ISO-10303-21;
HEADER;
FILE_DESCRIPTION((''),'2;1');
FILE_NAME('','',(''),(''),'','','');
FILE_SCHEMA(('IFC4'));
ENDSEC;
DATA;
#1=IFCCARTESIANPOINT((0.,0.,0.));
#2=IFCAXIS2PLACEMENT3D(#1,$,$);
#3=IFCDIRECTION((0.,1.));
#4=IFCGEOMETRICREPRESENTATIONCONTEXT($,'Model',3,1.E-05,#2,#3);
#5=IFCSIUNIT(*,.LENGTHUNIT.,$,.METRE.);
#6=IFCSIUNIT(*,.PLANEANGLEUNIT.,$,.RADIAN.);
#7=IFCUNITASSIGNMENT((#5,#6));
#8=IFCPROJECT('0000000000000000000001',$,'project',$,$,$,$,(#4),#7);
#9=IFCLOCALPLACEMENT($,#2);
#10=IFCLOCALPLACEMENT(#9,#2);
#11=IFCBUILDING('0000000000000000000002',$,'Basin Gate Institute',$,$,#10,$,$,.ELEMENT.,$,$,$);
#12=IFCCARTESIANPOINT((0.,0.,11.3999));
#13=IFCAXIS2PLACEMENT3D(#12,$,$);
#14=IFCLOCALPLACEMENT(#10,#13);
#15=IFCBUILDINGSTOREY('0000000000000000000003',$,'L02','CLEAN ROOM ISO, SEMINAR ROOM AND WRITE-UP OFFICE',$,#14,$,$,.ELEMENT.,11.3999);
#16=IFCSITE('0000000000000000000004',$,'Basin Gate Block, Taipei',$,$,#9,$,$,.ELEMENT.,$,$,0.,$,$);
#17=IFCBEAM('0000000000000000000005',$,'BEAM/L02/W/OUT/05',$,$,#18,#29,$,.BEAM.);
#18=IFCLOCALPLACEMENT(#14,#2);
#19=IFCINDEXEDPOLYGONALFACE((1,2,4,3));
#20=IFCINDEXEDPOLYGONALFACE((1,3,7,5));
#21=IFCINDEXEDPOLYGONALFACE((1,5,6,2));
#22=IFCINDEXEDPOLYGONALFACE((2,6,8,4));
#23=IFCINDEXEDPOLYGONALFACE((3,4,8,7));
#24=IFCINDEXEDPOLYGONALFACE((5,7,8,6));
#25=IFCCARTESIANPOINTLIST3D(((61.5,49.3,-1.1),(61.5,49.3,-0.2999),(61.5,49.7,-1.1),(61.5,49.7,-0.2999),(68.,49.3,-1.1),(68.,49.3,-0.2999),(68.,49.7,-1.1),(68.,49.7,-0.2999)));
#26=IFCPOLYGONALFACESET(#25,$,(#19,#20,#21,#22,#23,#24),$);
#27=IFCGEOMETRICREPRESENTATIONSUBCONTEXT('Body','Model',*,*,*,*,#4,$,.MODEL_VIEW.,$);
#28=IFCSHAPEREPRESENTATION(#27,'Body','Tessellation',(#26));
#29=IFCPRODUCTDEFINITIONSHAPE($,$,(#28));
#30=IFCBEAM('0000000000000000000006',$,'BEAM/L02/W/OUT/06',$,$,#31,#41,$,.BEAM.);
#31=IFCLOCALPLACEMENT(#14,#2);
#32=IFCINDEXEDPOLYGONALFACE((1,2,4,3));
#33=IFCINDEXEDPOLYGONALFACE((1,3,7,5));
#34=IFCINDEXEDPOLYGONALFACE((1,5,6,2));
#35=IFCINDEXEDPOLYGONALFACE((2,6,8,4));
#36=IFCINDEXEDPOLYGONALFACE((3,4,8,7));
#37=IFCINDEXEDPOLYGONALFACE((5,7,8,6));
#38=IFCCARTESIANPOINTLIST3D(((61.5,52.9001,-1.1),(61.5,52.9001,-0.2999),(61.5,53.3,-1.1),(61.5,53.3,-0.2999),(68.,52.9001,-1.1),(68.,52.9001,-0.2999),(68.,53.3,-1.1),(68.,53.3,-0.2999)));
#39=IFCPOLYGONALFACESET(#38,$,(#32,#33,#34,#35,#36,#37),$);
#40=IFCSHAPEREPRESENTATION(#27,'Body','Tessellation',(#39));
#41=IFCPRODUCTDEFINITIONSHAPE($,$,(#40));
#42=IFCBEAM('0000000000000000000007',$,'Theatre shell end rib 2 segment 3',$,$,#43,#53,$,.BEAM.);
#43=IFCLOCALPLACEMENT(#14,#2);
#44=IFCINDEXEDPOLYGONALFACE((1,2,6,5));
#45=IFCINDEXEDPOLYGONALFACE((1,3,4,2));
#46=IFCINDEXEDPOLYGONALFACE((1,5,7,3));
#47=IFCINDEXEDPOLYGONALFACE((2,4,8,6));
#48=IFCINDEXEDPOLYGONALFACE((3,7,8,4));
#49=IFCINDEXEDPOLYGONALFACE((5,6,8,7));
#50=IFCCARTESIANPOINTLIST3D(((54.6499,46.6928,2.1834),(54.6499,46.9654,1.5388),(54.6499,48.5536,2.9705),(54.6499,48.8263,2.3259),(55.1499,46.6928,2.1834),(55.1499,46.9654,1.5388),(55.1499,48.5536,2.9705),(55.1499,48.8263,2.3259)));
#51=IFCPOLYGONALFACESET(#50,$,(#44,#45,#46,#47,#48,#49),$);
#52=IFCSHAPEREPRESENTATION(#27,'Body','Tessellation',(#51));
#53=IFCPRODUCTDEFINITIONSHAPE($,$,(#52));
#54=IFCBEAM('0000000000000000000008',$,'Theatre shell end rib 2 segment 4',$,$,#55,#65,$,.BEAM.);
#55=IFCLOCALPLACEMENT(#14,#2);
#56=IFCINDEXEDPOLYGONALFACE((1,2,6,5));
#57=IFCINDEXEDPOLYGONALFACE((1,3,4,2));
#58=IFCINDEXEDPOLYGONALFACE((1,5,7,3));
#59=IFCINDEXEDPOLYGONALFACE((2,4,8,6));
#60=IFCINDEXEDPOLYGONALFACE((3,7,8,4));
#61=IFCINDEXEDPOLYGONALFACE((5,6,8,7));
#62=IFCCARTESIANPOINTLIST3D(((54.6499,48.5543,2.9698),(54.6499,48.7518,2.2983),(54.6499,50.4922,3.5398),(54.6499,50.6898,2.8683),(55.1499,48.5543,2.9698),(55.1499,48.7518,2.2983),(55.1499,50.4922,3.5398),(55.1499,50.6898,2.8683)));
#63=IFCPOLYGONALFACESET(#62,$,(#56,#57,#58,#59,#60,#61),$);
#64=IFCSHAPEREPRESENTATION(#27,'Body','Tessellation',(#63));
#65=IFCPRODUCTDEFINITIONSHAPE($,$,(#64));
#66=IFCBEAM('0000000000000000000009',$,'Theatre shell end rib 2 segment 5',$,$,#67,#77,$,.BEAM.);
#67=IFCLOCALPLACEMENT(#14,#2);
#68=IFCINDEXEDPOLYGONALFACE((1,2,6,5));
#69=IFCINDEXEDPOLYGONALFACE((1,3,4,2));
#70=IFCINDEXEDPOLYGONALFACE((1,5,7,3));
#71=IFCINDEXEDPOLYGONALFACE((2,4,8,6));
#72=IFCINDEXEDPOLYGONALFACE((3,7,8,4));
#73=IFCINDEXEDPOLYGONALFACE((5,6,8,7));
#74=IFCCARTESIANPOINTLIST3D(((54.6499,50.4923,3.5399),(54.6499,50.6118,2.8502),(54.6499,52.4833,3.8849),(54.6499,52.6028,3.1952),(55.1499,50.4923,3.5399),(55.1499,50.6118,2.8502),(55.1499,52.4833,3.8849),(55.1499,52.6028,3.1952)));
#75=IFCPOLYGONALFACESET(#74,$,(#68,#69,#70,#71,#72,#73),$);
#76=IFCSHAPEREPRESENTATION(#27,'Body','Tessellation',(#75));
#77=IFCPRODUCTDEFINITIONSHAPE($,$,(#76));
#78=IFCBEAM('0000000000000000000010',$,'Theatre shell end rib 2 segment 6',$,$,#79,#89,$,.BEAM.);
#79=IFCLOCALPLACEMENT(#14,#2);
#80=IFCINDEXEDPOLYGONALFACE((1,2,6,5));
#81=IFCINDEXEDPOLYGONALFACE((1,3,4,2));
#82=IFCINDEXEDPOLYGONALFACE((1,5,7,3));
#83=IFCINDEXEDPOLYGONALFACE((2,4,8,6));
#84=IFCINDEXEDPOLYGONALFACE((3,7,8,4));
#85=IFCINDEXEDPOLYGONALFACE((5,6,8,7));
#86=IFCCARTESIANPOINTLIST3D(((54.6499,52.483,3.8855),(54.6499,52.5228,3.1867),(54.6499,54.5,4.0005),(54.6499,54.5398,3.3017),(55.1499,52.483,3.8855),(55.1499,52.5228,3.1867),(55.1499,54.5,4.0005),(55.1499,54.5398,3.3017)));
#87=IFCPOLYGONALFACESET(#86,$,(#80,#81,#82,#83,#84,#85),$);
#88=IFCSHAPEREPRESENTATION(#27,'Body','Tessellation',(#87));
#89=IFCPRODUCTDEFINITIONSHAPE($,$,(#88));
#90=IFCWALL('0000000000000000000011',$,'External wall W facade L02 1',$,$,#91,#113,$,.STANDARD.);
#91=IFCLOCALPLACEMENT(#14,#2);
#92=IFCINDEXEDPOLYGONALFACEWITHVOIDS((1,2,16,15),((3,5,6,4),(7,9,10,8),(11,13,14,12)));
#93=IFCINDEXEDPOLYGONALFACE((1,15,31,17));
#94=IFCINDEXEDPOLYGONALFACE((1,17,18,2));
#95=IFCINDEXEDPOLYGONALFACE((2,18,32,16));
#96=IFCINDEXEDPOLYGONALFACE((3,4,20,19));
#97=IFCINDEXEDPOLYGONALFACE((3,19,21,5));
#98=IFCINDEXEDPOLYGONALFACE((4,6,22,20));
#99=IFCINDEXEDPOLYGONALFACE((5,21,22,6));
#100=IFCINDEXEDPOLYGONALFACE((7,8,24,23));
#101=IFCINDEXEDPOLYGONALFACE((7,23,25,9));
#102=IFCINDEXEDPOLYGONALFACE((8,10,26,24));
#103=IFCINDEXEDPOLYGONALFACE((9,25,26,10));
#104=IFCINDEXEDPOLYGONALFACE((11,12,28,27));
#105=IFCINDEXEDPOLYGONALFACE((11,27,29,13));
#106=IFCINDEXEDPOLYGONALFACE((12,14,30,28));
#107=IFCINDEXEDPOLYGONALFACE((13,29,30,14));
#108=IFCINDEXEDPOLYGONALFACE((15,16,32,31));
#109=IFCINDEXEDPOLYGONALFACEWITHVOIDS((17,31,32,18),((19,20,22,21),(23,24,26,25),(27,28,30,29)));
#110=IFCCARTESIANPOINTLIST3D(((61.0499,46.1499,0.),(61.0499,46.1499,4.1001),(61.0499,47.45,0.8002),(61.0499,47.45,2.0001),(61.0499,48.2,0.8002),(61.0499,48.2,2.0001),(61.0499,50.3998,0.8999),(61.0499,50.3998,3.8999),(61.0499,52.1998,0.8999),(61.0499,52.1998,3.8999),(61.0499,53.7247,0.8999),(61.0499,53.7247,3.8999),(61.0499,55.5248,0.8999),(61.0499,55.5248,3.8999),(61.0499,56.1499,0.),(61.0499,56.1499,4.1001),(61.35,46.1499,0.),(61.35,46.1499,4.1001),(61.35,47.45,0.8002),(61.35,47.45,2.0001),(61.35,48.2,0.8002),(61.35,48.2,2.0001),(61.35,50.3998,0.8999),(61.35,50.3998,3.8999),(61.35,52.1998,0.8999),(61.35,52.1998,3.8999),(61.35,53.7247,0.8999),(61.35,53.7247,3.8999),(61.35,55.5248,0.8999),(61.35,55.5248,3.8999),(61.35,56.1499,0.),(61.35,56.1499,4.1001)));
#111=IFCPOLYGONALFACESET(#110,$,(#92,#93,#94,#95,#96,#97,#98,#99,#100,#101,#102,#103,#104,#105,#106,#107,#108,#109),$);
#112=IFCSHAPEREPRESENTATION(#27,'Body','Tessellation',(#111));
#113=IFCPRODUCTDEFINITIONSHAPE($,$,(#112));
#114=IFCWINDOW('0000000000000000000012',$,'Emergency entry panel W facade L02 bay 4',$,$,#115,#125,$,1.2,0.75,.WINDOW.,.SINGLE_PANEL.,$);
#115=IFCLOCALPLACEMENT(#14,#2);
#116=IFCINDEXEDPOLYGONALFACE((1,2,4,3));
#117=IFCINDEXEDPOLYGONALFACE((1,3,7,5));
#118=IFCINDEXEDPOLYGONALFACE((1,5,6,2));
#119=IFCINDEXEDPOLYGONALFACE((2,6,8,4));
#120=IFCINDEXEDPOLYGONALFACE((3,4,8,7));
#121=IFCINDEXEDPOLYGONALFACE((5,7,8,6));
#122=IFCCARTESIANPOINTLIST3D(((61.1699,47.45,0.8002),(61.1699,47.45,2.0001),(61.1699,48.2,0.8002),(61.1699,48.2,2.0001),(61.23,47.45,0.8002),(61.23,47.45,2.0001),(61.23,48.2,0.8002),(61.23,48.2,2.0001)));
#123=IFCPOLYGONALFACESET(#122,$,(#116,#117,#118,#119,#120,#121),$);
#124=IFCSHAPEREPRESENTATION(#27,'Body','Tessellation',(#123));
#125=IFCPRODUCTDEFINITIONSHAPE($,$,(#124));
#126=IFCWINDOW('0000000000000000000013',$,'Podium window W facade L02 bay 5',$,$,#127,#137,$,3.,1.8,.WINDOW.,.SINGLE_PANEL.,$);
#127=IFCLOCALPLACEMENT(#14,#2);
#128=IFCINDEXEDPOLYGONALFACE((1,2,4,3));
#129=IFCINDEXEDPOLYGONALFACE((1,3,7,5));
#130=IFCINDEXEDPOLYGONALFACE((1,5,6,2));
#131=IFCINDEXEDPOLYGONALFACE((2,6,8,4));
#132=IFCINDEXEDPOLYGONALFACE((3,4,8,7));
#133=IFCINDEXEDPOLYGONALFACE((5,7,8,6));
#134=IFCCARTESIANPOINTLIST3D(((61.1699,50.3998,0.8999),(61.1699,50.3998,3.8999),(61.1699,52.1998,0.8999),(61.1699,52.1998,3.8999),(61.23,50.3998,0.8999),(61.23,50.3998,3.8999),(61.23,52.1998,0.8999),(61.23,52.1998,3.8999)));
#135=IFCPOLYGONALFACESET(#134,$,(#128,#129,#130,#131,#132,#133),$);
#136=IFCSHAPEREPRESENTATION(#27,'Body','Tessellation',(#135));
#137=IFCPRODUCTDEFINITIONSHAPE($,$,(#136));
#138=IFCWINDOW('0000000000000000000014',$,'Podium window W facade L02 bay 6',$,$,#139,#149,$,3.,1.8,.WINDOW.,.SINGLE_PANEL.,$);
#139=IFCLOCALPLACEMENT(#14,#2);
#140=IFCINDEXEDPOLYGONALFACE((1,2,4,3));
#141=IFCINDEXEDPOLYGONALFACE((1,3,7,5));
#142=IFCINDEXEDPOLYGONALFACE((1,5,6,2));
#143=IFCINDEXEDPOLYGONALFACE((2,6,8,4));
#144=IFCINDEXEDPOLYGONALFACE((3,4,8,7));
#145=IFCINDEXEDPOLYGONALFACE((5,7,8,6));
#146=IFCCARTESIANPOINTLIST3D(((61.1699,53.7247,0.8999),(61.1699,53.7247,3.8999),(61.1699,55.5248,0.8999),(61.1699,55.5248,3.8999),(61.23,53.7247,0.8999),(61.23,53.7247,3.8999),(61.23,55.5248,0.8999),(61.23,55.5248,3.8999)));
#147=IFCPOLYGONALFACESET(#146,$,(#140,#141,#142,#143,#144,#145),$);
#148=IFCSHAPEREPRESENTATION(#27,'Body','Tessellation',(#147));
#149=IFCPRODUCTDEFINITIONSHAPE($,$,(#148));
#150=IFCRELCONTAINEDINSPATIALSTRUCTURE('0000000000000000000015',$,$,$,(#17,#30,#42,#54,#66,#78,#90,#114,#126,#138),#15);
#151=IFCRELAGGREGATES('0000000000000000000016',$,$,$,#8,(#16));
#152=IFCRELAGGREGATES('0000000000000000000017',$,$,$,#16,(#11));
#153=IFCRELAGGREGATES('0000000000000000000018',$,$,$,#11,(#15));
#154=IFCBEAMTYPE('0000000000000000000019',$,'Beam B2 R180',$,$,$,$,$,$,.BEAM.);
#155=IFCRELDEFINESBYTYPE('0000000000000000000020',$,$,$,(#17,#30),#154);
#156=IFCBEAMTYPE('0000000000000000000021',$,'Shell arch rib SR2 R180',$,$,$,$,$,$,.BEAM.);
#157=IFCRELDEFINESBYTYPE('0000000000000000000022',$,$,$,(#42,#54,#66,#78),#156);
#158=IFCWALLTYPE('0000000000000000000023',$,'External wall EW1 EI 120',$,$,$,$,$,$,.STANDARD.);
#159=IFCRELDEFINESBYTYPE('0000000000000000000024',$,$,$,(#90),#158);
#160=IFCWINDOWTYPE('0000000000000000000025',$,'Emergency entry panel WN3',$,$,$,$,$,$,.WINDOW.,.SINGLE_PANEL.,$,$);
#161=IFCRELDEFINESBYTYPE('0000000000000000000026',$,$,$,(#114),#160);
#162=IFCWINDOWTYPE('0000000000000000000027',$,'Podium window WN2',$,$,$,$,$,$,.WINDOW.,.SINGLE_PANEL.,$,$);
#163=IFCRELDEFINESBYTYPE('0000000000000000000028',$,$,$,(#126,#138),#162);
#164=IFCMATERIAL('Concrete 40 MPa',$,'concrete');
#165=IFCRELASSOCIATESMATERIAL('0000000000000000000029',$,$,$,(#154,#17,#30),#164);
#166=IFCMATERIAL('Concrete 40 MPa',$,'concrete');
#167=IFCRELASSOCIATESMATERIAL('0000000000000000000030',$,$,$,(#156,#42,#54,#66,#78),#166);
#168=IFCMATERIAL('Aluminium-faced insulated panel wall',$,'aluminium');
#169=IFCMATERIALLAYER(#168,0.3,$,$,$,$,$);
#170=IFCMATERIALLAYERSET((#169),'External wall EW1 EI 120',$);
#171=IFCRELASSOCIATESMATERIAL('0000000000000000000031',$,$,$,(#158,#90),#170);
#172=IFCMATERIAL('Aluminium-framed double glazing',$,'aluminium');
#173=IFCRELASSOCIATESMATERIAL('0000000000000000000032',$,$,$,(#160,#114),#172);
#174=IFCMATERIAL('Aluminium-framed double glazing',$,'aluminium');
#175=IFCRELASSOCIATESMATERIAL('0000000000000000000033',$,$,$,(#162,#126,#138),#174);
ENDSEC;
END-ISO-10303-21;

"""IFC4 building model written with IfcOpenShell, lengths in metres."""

from ifc_helpers import new_model, si_unit, direction, frame, frame_2d, origin, origin_2d, place, context, subcontext, project, spatial, rectangle, extrude, material, layer, layer_set, material_profile, profile_set, type_object, element, fill, save


model = new_model("IFC4")

# Units and contexts
model_context = context("Model", 3, precision=1e-05, world=origin(), true_north=direction((0.0, 1.0)))
body_context = subcontext(model_context, "Body", "Model", "MODEL_VIEW")
ifc_project = project(units=[si_unit("LENGTHUNIT", "METRE"), si_unit("PLANEANGLEUNIT", "RADIAN")], contexts=[model_context])

# Site, building, storey
site_placement = place(None, origin())
site = spatial("IfcSite", under=ifc_project, at=site_placement, Name="Basin Gate Block, Taipei", CompositionType="ELEMENT", RefElevation=0.0)
building_placement = place(site_placement, origin())
building = spatial("IfcBuilding", under=site, at=building_placement, Name="Basin Gate Institute", CompositionType="ELEMENT")
storey_placement = place(building_placement, frame((0.0, 0.0, 11.3999)))
storey = spatial("IfcBuildingStorey", under=building, at=storey_placement, Name="L02", Description="CLEAN ROOM ISO, SEMINAR ROOM AND WRITE-UP OFFICE", CompositionType="ELEMENT", Elevation=11.3999)

# Beams
ifc_material_1 = material(Name="Concrete 40 MPa", Category="concrete")
ifc_material_profile_1 = material_profile(ifc_material_1, rectangle(XDim=0.3999, YDim=0.8, at=origin_2d()), Name="Beam B2 400 x 800")
ifc_profile_set_1 = profile_set([ifc_material_profile_1], Name="Concrete 40 MPa")
beam_type_1 = type_object("IfcBeamType", Name="Beam B2 R180", PredefinedType="BEAM", material=ifc_profile_set_1)
for number, where, z_axis, x_axis, name in (
    (1, (61.5, 49.5, -0.7), (1.0, 0.0, 0.0), (0.0, 1.0, 0.0), "BEAM/L02/W/OUT/05"),
    (2, (61.5, 53.1001, -0.7), (1.0, 0.0, 0.0), (0.0, 1.0, 0.0), "BEAM/L02/W/OUT/06"),
):
    element("IfcBeam", number, at=place(storey_placement, frame(where, z_axis=z_axis, x_axis=x_axis)), inside=storey, type_object=beam_type_1, material=ifc_profile_set_1, Name=name, PredefinedType="BEAM", context=body_context, shape_type="SweptSolid", body=[
        extrude(rectangle(XDim=0.3999, YDim=0.8, at=origin_2d()), origin(), (0.0, 0.0, 1.0), 6.5),
    ])
ifc_material_2 = material(Name="Concrete 40 MPa", Category="concrete")
ifc_material_profile_2 = material_profile(ifc_material_2, rectangle(XDim=0.5, YDim=0.7, at=origin_2d()), Name="Shell arch rib SR2 500 x 700")
ifc_profile_set_2 = profile_set([ifc_material_profile_2], Name="Concrete 40 MPa")
beam_type_2 = type_object("IfcBeamType", Name="Shell arch rib SR2 R180", PredefinedType="BEAM", material=ifc_profile_set_2)
beam_1_placement = place(storey_placement, frame((54.8999, 46.8291, 1.8611), z_axis=(0.0, 0.920997, 0.389569), x_axis=(-1.0, 0.0, 0.0)))
element("IfcBeam", 3, at=beam_1_placement, inside=storey, type_object=beam_type_2, material=ifc_profile_set_2, Name="Theatre shell end rib 2 segment 3", PredefinedType="BEAM", context=body_context, shape_type="SweptSolid", body=[
    extrude(rectangle(XDim=0.5, YDim=0.7, at=origin_2d()), origin(), (0.0, 0.0, 1.0), 2.0205),
])
beam_2_placement = place(storey_placement, frame((54.8999, 48.6531, 2.634), z_axis=(0.0, 0.959356, 0.282199), x_axis=(-1.0, 0.0, 0.0)))
element("IfcBeam", 4, at=beam_2_placement, inside=storey, type_object=beam_type_2, material=ifc_profile_set_2, Name="Theatre shell end rib 2 segment 4", PredefinedType="BEAM", context=body_context, shape_type="SweptSolid", body=[
    extrude(rectangle(XDim=0.5, YDim=0.7, at=origin_2d()), origin(), (0.0, 0.0, 1.0), 2.02),
])
beam_3_placement = place(storey_placement, frame((54.8999, 50.552, 3.1951), z_axis=(0.0, 0.985319, 0.170724), x_axis=(-1.0, 0.0, 0.0)))
element("IfcBeam", 5, at=beam_3_placement, inside=storey, type_object=beam_type_2, material=ifc_profile_set_2, Name="Theatre shell end rib 2 segment 5", PredefinedType="BEAM", context=body_context, shape_type="SweptSolid", body=[
    extrude(rectangle(XDim=0.5, YDim=0.7, at=origin_2d()), origin(), (0.0, 0.0, 1.0), 2.0208),
])
beam_4_placement = place(storey_placement, frame((54.8999, 52.5029, 3.5361), z_axis=(0.0, 0.998379, 0.056916), x_axis=(-1.0, 0.0, 0.0)))
element("IfcBeam", 6, at=beam_4_placement, inside=storey, type_object=beam_type_2, material=ifc_profile_set_2, Name="Theatre shell end rib 2 segment 6", PredefinedType="BEAM", context=body_context, shape_type="SweptSolid", body=[
    extrude(rectangle(XDim=0.5, YDim=0.7, at=origin_2d()), origin(), (0.0, 0.0, 1.0), 2.0203),
])

# Wall, openings, windows
ifc_material_3 = material(Name="Aluminium-faced insulated panel wall", Category="aluminium")
ifc_layer_1 = layer(ifc_material_3, 0.3)
ifc_layer_set_1 = layer_set([ifc_layer_1], Name="External wall EW1 EI 120")
wall_type_1 = type_object("IfcWallType", Name="External wall EW1 EI 120", PredefinedType="STANDARD", material=ifc_layer_set_1)
wall_1_placement = place(storey_placement, frame((61.2, 46.1499, 0.0), z_axis=(0.0, 0.0, 1.0), x_axis=(0.0, 1.0, 0.0)))
wall_1 = element("IfcWall", 7, at=wall_1_placement, inside=storey, type_object=wall_type_1, material=ifc_layer_set_1, Name="External wall W facade L02 1", PredefinedType="STANDARD", context=body_context, shape_type="SweptSolid", body=[
    extrude(rectangle(XDim=10.0, YDim=0.3, at=frame_2d((5.0, 0.0))), origin(), (0.0, 0.0, 1.0), 4.1001),
])
opening_1_placement = place(wall_1_placement, frame((1.3, 0.0, 0.8)))
opening_1 = element("IfcOpeningElement", 8, at=opening_1_placement, cuts=wall_1, PredefinedType="OPENING", context=body_context, shape_type="SweptSolid", body=[
    extrude(rectangle(XDim=0.75, YDim=1.2, at=frame_2d((0.375, 0.6001))), frame((0.0, 0.1602, 0.0), z_axis=(0.0, -1.0, 0.0), x_axis=(1.0, 0.0, 0.0)), (0.0, 0.0, 1.0), 0.3201),
])
opening_2_placement = place(wall_1_placement, frame((4.25, 0.0, 0.8999)))
opening_2 = element("IfcOpeningElement", 9, at=opening_2_placement, cuts=wall_1, PredefinedType="OPENING", context=body_context, shape_type="SweptSolid", body=[
    extrude(rectangle(XDim=1.8, YDim=3.0, at=frame_2d((0.8999, 1.5))), frame((0.0, 0.1602, 0.0), z_axis=(0.0, -1.0, 0.0), x_axis=(1.0, 0.0, 0.0)), (0.0, 0.0, 1.0), 0.3201),
])
opening_3_placement = place(wall_1_placement, frame((7.575, 0.0, 0.8999)))
opening_3 = element("IfcOpeningElement", 10, at=opening_3_placement, cuts=wall_1, PredefinedType="OPENING", context=body_context, shape_type="SweptSolid", body=[
    extrude(rectangle(XDim=1.8, YDim=3.0, at=frame_2d((0.8999, 1.5))), frame((0.0, 0.1602, 0.0), z_axis=(0.0, -1.0, 0.0), x_axis=(1.0, 0.0, 0.0)), (0.0, 0.0, 1.0), 0.3201),
])
ifc_material_4 = material(Name="Aluminium-framed double glazing", Category="aluminium")
window_type_1 = type_object("IfcWindowType", Name="Emergency entry panel WN3", PartitioningType="SINGLE_PANEL", PredefinedType="WINDOW", material=ifc_material_4)
window_1_placement = place(opening_1_placement, origin())
window_1 = element("IfcWindow", 11, at=window_1_placement, inside=storey, type_object=window_type_1, material=ifc_material_4, Name="Emergency entry panel W facade L02 bay 4", OverallHeight=1.2, OverallWidth=0.75, PartitioningType="SINGLE_PANEL", PredefinedType="WINDOW", context=body_context, shape_type="SweptSolid", body=[
    extrude(rectangle(XDim=0.75, YDim=1.2, at=frame_2d((0.375, 0.6001))), frame((0.0, 0.03, 0.0), z_axis=(0.0, -1.0, 0.0), x_axis=(1.0, 0.0, 0.0)), (0.0, 0.0, 1.0), 0.0601),
])
fill(opening_1, window_1)
ifc_material_5 = material(Name="Aluminium-framed double glazing", Category="aluminium")
window_type_2 = type_object("IfcWindowType", Name="Podium window WN2", PartitioningType="SINGLE_PANEL", PredefinedType="WINDOW", material=ifc_material_5)
window_2_placement = place(opening_2_placement, origin())
window_2 = element("IfcWindow", 12, at=window_2_placement, inside=storey, type_object=window_type_2, material=ifc_material_5, Name="Podium window W facade L02 bay 5", OverallHeight=3.0, OverallWidth=1.8, PartitioningType="SINGLE_PANEL", PredefinedType="WINDOW", context=body_context, shape_type="SweptSolid", body=[
    extrude(rectangle(XDim=1.8, YDim=3.0, at=frame_2d((0.8999, 1.5))), frame((0.0, 0.03, 0.0), z_axis=(0.0, -1.0, 0.0), x_axis=(1.0, 0.0, 0.0)), (0.0, 0.0, 1.0), 0.0601),
])
fill(opening_2, window_2)
window_3_placement = place(opening_3_placement, origin())
window_3 = element("IfcWindow", 13, at=window_3_placement, inside=storey, type_object=window_type_2, material=ifc_material_5, Name="Podium window W facade L02 bay 6", OverallHeight=3.0, OverallWidth=1.8, PartitioningType="SINGLE_PANEL", PredefinedType="WINDOW", context=body_context, shape_type="SweptSolid", body=[
    extrude(rectangle(XDim=1.8, YDim=3.0, at=frame_2d((0.8999, 1.5))), frame((0.0, 0.03, 0.0), z_axis=(0.0, -1.0, 0.0), x_axis=(1.0, 0.0, 0.0)), (0.0, 0.0, 1.0), 0.0601),
])
fill(opening_3, window_3)

save(model, "model.ifc")
